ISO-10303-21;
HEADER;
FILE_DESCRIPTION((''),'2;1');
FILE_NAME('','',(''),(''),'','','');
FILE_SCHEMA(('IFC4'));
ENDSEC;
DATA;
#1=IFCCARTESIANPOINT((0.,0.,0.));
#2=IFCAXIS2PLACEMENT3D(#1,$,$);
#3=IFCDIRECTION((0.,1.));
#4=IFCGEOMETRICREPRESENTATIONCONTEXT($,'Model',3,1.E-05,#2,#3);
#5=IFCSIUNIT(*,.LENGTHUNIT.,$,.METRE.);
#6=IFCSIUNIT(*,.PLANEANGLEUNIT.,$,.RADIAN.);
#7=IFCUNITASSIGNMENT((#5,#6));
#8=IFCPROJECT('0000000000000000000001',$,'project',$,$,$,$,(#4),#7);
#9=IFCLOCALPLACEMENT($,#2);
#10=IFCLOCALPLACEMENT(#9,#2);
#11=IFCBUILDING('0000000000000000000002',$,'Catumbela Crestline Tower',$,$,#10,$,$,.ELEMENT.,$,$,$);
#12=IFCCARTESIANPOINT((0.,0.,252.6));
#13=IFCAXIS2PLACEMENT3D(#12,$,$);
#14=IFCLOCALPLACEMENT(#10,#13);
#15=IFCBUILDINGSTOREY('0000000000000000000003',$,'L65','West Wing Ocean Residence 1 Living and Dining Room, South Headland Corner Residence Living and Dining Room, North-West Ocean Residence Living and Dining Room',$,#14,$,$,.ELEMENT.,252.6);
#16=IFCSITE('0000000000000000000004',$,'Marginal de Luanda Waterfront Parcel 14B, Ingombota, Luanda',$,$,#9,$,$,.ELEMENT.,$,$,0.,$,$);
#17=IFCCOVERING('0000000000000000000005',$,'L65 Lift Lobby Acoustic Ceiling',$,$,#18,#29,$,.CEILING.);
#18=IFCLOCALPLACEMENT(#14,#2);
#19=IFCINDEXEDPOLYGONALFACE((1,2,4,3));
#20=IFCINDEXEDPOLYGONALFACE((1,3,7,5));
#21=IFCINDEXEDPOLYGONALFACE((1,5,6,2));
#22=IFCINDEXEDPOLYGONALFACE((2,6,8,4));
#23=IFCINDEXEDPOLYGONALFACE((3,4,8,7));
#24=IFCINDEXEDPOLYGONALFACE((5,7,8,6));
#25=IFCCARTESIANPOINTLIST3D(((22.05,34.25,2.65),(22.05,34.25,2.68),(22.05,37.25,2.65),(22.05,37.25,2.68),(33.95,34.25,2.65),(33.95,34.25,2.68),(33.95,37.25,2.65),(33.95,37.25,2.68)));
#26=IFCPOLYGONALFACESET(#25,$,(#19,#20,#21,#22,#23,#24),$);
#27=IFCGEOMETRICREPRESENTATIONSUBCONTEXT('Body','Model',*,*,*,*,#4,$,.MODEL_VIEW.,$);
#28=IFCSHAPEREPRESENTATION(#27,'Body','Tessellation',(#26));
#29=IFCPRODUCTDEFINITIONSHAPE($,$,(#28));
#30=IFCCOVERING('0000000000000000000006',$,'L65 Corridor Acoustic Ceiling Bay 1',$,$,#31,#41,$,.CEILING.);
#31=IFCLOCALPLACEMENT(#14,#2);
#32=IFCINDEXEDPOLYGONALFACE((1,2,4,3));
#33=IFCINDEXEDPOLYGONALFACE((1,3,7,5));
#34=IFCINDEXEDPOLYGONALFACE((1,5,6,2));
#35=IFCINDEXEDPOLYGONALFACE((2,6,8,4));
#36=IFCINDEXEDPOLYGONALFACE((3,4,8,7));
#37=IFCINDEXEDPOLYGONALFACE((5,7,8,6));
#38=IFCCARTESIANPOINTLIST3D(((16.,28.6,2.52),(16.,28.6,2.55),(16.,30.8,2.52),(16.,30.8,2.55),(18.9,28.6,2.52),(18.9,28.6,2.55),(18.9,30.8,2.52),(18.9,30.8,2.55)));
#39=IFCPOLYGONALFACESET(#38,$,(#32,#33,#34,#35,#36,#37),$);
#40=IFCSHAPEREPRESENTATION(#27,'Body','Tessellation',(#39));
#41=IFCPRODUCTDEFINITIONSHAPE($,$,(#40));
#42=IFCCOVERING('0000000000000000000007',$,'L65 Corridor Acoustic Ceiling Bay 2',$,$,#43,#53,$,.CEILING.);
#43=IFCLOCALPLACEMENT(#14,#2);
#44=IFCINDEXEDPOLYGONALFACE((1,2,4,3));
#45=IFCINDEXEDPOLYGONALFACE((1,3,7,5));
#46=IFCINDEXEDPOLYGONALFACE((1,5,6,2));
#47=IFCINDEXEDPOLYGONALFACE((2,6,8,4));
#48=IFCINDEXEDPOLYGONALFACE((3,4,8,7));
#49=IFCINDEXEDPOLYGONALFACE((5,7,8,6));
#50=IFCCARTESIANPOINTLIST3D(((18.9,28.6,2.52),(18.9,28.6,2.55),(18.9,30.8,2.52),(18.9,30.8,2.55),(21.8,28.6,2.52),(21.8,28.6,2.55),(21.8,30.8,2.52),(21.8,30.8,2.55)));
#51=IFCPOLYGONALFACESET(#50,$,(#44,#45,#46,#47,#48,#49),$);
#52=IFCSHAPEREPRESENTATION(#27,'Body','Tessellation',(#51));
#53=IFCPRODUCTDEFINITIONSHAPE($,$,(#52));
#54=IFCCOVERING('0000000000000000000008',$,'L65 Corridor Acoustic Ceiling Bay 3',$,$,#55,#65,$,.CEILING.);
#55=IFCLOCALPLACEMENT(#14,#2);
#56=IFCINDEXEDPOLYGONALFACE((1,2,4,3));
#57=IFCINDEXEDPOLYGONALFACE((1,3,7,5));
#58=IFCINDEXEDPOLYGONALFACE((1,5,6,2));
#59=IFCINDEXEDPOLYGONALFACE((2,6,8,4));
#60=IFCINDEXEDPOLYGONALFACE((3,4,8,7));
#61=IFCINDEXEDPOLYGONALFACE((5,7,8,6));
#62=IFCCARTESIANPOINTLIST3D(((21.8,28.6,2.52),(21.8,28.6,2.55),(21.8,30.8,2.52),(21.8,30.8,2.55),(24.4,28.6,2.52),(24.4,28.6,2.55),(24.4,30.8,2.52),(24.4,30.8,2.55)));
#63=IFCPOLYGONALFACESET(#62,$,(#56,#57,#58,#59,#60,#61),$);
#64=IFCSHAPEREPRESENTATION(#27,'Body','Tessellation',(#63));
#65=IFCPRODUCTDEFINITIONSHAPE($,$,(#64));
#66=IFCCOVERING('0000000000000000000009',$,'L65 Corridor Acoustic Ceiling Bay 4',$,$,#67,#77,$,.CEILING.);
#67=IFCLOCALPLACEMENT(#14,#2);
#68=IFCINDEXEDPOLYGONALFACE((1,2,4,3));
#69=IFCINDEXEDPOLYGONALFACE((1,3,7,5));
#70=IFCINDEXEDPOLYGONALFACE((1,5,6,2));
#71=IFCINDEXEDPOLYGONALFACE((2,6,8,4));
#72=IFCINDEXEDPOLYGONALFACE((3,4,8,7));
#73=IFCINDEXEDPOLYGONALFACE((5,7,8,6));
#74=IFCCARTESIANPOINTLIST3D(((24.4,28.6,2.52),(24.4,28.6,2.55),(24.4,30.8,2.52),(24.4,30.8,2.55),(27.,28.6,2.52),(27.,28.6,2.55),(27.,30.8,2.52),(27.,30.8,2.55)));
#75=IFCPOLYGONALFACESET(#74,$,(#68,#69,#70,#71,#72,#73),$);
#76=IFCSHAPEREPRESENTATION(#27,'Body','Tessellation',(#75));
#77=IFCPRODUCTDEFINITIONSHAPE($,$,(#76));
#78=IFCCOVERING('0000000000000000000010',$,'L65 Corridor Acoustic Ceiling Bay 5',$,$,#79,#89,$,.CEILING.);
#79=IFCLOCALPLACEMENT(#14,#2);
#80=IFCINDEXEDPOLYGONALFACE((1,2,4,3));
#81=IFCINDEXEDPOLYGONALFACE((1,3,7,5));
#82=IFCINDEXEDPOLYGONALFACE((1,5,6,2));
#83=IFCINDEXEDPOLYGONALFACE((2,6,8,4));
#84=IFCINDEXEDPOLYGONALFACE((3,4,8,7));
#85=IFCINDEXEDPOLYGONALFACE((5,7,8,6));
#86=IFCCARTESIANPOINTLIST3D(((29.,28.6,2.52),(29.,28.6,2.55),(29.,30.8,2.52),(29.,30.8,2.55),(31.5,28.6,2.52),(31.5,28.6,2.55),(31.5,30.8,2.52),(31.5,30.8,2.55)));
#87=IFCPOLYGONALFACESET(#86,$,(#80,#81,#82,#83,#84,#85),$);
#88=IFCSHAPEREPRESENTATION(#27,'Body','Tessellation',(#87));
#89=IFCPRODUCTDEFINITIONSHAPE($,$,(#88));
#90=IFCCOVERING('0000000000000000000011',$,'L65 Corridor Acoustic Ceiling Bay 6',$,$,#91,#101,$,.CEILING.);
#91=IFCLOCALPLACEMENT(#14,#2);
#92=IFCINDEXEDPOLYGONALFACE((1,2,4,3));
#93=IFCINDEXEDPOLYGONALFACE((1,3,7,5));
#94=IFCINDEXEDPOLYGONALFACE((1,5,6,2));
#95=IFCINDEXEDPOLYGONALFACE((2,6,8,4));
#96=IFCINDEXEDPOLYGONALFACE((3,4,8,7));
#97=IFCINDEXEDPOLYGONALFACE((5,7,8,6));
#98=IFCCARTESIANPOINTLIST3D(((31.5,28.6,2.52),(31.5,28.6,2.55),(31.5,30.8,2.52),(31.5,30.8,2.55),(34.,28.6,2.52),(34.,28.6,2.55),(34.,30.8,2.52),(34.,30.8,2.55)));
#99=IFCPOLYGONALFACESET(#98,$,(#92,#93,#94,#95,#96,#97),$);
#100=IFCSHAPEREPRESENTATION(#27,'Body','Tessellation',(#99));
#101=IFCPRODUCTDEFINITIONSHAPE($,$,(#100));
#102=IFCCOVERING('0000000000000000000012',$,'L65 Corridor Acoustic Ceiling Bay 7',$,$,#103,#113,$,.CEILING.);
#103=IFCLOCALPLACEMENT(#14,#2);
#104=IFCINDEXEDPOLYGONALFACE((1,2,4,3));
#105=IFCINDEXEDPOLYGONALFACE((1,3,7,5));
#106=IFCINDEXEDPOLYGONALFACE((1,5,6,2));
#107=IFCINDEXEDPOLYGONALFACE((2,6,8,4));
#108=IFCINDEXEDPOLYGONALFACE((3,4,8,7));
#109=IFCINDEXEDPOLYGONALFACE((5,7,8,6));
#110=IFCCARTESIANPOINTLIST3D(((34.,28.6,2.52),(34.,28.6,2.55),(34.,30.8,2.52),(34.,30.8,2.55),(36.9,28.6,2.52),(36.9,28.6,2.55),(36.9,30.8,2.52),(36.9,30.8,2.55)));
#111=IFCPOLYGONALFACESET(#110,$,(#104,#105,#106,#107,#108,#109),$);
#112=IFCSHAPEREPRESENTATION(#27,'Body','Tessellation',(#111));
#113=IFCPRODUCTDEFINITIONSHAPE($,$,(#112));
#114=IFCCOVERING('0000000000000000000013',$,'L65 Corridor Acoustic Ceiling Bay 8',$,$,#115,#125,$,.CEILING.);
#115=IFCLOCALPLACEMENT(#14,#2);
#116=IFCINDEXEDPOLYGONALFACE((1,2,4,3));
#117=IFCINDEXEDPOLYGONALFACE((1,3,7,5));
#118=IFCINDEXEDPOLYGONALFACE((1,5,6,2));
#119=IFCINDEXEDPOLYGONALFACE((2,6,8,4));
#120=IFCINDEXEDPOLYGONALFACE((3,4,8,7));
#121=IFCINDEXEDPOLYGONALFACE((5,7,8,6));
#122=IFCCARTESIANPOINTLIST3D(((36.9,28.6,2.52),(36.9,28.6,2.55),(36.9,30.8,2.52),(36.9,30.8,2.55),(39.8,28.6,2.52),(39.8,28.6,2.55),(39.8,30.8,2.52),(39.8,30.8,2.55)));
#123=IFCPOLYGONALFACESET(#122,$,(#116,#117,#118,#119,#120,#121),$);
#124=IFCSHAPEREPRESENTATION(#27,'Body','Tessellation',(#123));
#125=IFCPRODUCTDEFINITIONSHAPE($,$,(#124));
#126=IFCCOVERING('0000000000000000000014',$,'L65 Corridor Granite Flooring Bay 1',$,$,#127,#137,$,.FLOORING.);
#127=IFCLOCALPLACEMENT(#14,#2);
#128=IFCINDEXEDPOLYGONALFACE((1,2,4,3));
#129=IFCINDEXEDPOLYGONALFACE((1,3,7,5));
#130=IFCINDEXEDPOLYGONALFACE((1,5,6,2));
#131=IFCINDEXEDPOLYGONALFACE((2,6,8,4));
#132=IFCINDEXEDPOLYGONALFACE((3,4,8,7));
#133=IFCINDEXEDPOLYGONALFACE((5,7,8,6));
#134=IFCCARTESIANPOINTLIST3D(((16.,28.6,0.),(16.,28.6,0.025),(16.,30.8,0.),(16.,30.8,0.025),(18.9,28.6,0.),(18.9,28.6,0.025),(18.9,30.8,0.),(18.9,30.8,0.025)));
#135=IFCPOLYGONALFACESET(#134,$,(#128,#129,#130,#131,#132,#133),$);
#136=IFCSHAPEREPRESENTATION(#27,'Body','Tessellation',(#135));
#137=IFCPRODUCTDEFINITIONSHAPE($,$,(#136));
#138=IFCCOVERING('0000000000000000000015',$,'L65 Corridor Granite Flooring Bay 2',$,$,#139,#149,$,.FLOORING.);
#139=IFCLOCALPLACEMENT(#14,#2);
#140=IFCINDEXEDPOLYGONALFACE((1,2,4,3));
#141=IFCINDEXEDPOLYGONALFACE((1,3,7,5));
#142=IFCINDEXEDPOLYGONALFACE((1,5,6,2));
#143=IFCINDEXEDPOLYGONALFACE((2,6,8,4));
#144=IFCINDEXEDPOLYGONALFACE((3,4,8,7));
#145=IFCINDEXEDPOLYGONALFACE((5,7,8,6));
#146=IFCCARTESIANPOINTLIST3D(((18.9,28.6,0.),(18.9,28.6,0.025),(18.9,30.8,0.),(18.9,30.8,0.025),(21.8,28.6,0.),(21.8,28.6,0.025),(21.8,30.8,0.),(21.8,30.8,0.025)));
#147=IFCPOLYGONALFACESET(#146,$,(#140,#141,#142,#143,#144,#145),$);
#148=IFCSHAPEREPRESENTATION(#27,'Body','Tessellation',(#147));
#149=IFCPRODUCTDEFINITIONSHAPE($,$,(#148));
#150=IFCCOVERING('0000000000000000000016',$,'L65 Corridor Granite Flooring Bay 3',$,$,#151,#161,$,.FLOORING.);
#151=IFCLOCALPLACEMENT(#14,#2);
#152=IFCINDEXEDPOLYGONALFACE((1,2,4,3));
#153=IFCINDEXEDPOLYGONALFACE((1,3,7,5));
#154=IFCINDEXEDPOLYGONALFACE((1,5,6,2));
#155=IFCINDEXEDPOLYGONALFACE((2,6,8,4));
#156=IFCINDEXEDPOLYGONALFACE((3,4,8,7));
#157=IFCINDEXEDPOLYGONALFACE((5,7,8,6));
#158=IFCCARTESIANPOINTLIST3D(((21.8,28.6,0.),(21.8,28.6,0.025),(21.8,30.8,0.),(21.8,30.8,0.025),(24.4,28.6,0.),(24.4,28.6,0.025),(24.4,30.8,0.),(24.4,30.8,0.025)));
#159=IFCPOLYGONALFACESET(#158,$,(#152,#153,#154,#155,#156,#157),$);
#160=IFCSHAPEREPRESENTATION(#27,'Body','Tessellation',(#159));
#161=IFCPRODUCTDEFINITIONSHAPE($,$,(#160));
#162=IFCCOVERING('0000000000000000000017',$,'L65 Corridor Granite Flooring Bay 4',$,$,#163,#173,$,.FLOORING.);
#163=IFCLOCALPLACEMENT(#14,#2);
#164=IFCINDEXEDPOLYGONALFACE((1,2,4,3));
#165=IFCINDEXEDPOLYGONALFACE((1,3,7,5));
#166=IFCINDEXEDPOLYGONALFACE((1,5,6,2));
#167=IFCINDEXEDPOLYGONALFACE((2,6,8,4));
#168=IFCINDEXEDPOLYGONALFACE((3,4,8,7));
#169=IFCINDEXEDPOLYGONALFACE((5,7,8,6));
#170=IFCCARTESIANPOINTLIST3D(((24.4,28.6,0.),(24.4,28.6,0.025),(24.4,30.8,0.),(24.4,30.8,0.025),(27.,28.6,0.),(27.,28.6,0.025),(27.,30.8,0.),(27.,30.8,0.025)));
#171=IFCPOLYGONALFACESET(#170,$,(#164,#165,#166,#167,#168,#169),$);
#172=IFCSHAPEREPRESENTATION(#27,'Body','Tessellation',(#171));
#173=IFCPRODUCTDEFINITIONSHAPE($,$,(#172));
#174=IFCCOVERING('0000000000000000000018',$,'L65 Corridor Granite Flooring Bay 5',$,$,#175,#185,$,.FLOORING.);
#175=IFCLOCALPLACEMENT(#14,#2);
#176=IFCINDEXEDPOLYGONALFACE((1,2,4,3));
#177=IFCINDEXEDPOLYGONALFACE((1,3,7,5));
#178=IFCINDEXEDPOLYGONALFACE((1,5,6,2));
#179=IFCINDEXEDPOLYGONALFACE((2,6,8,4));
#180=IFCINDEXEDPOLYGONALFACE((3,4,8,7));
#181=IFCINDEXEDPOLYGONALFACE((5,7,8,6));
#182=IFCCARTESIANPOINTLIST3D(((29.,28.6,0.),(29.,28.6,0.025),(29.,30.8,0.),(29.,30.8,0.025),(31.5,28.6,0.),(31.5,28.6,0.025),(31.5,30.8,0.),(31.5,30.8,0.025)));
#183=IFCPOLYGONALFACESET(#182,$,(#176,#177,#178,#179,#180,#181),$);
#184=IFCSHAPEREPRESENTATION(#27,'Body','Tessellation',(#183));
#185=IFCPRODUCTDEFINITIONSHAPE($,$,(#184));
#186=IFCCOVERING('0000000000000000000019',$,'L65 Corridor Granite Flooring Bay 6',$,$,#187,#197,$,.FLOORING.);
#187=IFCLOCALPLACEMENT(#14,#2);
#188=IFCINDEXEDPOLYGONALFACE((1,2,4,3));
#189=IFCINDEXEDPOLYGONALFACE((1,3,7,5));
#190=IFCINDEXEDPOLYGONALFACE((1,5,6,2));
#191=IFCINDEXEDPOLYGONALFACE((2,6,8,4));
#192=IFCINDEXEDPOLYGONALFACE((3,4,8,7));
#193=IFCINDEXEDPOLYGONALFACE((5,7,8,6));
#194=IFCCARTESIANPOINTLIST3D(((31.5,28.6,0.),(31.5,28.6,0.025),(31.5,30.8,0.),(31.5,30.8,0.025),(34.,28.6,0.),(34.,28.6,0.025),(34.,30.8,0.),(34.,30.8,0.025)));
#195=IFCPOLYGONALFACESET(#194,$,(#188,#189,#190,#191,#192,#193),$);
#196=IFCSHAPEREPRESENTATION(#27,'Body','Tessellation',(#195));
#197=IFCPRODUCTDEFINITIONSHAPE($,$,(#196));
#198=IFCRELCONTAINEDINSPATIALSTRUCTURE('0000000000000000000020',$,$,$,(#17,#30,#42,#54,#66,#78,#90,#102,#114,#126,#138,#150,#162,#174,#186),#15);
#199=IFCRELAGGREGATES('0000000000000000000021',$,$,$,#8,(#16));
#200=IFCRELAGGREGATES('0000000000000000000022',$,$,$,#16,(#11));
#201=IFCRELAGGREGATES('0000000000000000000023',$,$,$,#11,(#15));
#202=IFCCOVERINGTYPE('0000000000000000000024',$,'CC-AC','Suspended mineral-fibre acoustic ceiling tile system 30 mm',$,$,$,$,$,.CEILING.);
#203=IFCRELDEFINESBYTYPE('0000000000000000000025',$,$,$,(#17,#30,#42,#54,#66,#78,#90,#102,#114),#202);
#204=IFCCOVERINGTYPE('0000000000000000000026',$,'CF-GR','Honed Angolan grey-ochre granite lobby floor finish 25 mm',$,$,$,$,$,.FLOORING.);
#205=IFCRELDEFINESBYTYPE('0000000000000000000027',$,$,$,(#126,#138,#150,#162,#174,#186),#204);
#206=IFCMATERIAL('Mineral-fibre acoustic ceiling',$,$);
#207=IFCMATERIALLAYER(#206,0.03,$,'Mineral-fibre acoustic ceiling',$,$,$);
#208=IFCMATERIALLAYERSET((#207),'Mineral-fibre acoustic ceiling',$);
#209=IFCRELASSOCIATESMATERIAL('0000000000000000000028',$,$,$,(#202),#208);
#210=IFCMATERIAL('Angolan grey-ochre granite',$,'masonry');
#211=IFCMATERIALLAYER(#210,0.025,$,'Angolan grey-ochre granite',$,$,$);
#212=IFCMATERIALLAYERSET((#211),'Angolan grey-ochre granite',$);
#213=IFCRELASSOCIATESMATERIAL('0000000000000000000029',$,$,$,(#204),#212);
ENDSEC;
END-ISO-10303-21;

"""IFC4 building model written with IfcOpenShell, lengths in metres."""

from ifc_helpers import new_model, si_unit, direction, frame, origin, place, context, subcontext, project, spatial, polyline, outline, extrude, material, layer, layer_set, type_object, element, save


model = new_model("IFC4")

# Units and contexts
model_context = context("Model", 3, precision=1e-05, world=origin(), true_north=direction((0.0, 1.0)))
body_context = subcontext(model_context, "Body", "Model", "MODEL_VIEW")
ifc_project = project(units=[si_unit("LENGTHUNIT", "METRE"), si_unit("PLANEANGLEUNIT", "RADIAN")], contexts=[model_context])

# Site, building, storey
site_placement = place(None, origin())
site = spatial("IfcSite", under=ifc_project, at=site_placement, Name="Marginal de Luanda Waterfront Parcel 14B, Ingombota, Luanda", CompositionType="ELEMENT", RefElevation=0.0)
building_placement = place(site_placement, origin())
building = spatial("IfcBuilding", under=site, at=building_placement, Name="Catumbela Crestline Tower", CompositionType="ELEMENT")
storey_placement = place(building_placement, frame((0.0, 0.0, 252.6)))
storey = spatial("IfcBuildingStorey", under=building, at=storey_placement, Name="L65", Description="West Wing Ocean Residence 1 Living and Dining Room, South Headland Corner Residence Living and Dining Room, North-West Ocean Residence Living and Dining Room", CompositionType="ELEMENT", Elevation=252.6)

# Shared definitions
ifc_material_1 = material(Name="Angolan grey-ochre granite", Category="masonry")

# Coverings
ifc_material_2 = material(Name="Mineral-fibre acoustic ceiling")
ifc_layer_1 = layer(ifc_material_2, 0.03, Name="Mineral-fibre acoustic ceiling")
ifc_layer_set_1 = layer_set([ifc_layer_1], Name="Mineral-fibre acoustic ceiling")
covering_type_1 = type_object("IfcCoveringType", Name="CC-AC", Description="Suspended mineral-fibre acoustic ceiling tile system 30 mm", PredefinedType="CEILING", material=ifc_layer_set_1)
covering_1_placement = place(storey_placement, frame((0.0, 0.0, 2.65)))
element("IfcCovering", 1, at=covering_1_placement, inside=storey, type_object=covering_type_1, Name="L65 Lift Lobby Acoustic Ceiling", PredefinedType="CEILING", context=body_context, shape_type="SweptSolid", body=[
    extrude(outline(polyline([(22.05, 34.25), (33.95, 34.25), (33.95, 37.25), (22.05, 37.25), (22.05, 34.25)])), origin(), (0.0, 0.0, 1.0), 0.03),
])
covering_2_placement = place(storey_placement, frame((0.0, 0.0, 2.52)))
element("IfcCovering", 2, at=covering_2_placement, inside=storey, type_object=covering_type_1, Name="L65 Corridor Acoustic Ceiling Bay 1", PredefinedType="CEILING", context=body_context, shape_type="SweptSolid", body=[
    extrude(outline(polyline([(16.0, 28.6), (18.9, 28.6), (18.9, 30.8), (16.0, 30.8), (16.0, 28.6)])), origin(), (0.0, 0.0, 1.0), 0.03),
])
covering_3_placement = place(storey_placement, frame((0.0, 0.0, 2.52)))
element("IfcCovering", 3, at=covering_3_placement, inside=storey, type_object=covering_type_1, Name="L65 Corridor Acoustic Ceiling Bay 2", PredefinedType="CEILING", context=body_context, shape_type="SweptSolid", body=[
    extrude(outline(polyline([(18.9, 28.6), (21.8, 28.6), (21.8, 30.8), (18.9, 30.8), (18.9, 28.6)])), origin(), (0.0, 0.0, 1.0), 0.03),
])
covering_4_placement = place(storey_placement, frame((0.0, 0.0, 2.52)))
element("IfcCovering", 4, at=covering_4_placement, inside=storey, type_object=covering_type_1, Name="L65 Corridor Acoustic Ceiling Bay 3", PredefinedType="CEILING", context=body_context, shape_type="SweptSolid", body=[
    extrude(outline(polyline([(21.8, 28.6), (24.4, 28.6), (24.4, 30.8), (21.8, 30.8), (21.8, 28.6)])), origin(), (0.0, 0.0, 1.0), 0.03),
])
covering_5_placement = place(storey_placement, frame((0.0, 0.0, 2.52)))
element("IfcCovering", 5, at=covering_5_placement, inside=storey, type_object=covering_type_1, Name="L65 Corridor Acoustic Ceiling Bay 4", PredefinedType="CEILING", context=body_context, shape_type="SweptSolid", body=[
    extrude(outline(polyline([(24.4, 28.6), (27.0, 28.6), (27.0, 30.8), (24.4, 30.8), (24.4, 28.6)])), origin(), (0.0, 0.0, 1.0), 0.03),
])
covering_6_placement = place(storey_placement, frame((0.0, 0.0, 2.52)))
element("IfcCovering", 6, at=covering_6_placement, inside=storey, type_object=covering_type_1, Name="L65 Corridor Acoustic Ceiling Bay 5", PredefinedType="CEILING", context=body_context, shape_type="SweptSolid", body=[
    extrude(outline(polyline([(29.0, 28.6), (31.5, 28.6), (31.5, 30.8), (29.0, 30.8), (29.0, 28.6)])), origin(), (0.0, 0.0, 1.0), 0.03),
])
covering_7_placement = place(storey_placement, frame((0.0, 0.0, 2.52)))
element("IfcCovering", 7, at=covering_7_placement, inside=storey, type_object=covering_type_1, Name="L65 Corridor Acoustic Ceiling Bay 6", PredefinedType="CEILING", context=body_context, shape_type="SweptSolid", body=[
    extrude(outline(polyline([(31.5, 28.6), (34.0, 28.6), (34.0, 30.8), (31.5, 30.8), (31.5, 28.6)])), origin(), (0.0, 0.0, 1.0), 0.03),
])
covering_8_placement = place(storey_placement, frame((0.0, 0.0, 2.52)))
element("IfcCovering", 8, at=covering_8_placement, inside=storey, type_object=covering_type_1, Name="L65 Corridor Acoustic Ceiling Bay 7", PredefinedType="CEILING", context=body_context, shape_type="SweptSolid", body=[
    extrude(outline(polyline([(34.0, 28.6), (36.9, 28.6), (36.9, 30.8), (34.0, 30.8), (34.0, 28.6)])), origin(), (0.0, 0.0, 1.0), 0.03),
])
covering_9_placement = place(storey_placement, frame((0.0, 0.0, 2.52)))
element("IfcCovering", 9, at=covering_9_placement, inside=storey, type_object=covering_type_1, Name="L65 Corridor Acoustic Ceiling Bay 8", PredefinedType="CEILING", context=body_context, shape_type="SweptSolid", body=[
    extrude(outline(polyline([(36.9, 28.6), (39.8, 28.6), (39.8, 30.8), (36.9, 30.8), (36.9, 28.6)])), origin(), (0.0, 0.0, 1.0), 0.03),
])
ifc_layer_2 = layer(ifc_material_1, 0.025, Name="Angolan grey-ochre granite")
ifc_layer_set_2 = layer_set([ifc_layer_2], Name="Angolan grey-ochre granite")
covering_type_2 = type_object("IfcCoveringType", Name="CF-GR", Description="Honed Angolan grey-ochre granite lobby floor finish 25 mm", PredefinedType="FLOORING", material=ifc_layer_set_2)
covering_10_placement = place(storey_placement, origin())
element("IfcCovering", 10, at=covering_10_placement, inside=storey, type_object=covering_type_2, Name="L65 Corridor Granite Flooring Bay 1", PredefinedType="FLOORING", context=body_context, shape_type="SweptSolid", body=[
    extrude(outline(polyline([(16.0, 28.6), (18.9, 28.6), (18.9, 30.8), (16.0, 30.8), (16.0, 28.6)])), origin(), (0.0, 0.0, 1.0), 0.025),
])
covering_11_placement = place(storey_placement, origin())
element("IfcCovering", 11, at=covering_11_placement, inside=storey, type_object=covering_type_2, Name="L65 Corridor Granite Flooring Bay 2", PredefinedType="FLOORING", context=body_context, shape_type="SweptSolid", body=[
    extrude(outline(polyline([(18.9, 28.6), (21.8, 28.6), (21.8, 30.8), (18.9, 30.8), (18.9, 28.6)])), origin(), (0.0, 0.0, 1.0), 0.025),
])
covering_12_placement = place(storey_placement, origin())
element("IfcCovering", 12, at=covering_12_placement, inside=storey, type_object=covering_type_2, Name="L65 Corridor Granite Flooring Bay 3", PredefinedType="FLOORING", context=body_context, shape_type="SweptSolid", body=[
    extrude(outline(polyline([(21.8, 28.6), (24.4, 28.6), (24.4, 30.8), (21.8, 30.8), (21.8, 28.6)])), origin(), (0.0, 0.0, 1.0), 0.025),
])
covering_13_placement = place(storey_placement, origin())
element("IfcCovering", 13, at=covering_13_placement, inside=storey, type_object=covering_type_2, Name="L65 Corridor Granite Flooring Bay 4", PredefinedType="FLOORING", context=body_context, shape_type="SweptSolid", body=[
    extrude(outline(polyline([(24.4, 28.6), (27.0, 28.6), (27.0, 30.8), (24.4, 30.8), (24.4, 28.6)])), origin(), (0.0, 0.0, 1.0), 0.025),
])
covering_14_placement = place(storey_placement, origin())
element("IfcCovering", 14, at=covering_14_placement, inside=storey, type_object=covering_type_2, Name="L65 Corridor Granite Flooring Bay 5", PredefinedType="FLOORING", context=body_context, shape_type="SweptSolid", body=[
    extrude(outline(polyline([(29.0, 28.6), (31.5, 28.6), (31.5, 30.8), (29.0, 30.8), (29.0, 28.6)])), origin(), (0.0, 0.0, 1.0), 0.025),
])
covering_15_placement = place(storey_placement, origin())
element("IfcCovering", 15, at=covering_15_placement, inside=storey, type_object=covering_type_2, Name="L65 Corridor Granite Flooring Bay 6", PredefinedType="FLOORING", context=body_context, shape_type="SweptSolid", body=[
    extrude(outline(polyline([(31.5, 28.6), (34.0, 28.6), (34.0, 30.8), (31.5, 30.8), (31.5, 28.6)])), origin(), (0.0, 0.0, 1.0), 0.025),
])

save(model, "model.ifc")
